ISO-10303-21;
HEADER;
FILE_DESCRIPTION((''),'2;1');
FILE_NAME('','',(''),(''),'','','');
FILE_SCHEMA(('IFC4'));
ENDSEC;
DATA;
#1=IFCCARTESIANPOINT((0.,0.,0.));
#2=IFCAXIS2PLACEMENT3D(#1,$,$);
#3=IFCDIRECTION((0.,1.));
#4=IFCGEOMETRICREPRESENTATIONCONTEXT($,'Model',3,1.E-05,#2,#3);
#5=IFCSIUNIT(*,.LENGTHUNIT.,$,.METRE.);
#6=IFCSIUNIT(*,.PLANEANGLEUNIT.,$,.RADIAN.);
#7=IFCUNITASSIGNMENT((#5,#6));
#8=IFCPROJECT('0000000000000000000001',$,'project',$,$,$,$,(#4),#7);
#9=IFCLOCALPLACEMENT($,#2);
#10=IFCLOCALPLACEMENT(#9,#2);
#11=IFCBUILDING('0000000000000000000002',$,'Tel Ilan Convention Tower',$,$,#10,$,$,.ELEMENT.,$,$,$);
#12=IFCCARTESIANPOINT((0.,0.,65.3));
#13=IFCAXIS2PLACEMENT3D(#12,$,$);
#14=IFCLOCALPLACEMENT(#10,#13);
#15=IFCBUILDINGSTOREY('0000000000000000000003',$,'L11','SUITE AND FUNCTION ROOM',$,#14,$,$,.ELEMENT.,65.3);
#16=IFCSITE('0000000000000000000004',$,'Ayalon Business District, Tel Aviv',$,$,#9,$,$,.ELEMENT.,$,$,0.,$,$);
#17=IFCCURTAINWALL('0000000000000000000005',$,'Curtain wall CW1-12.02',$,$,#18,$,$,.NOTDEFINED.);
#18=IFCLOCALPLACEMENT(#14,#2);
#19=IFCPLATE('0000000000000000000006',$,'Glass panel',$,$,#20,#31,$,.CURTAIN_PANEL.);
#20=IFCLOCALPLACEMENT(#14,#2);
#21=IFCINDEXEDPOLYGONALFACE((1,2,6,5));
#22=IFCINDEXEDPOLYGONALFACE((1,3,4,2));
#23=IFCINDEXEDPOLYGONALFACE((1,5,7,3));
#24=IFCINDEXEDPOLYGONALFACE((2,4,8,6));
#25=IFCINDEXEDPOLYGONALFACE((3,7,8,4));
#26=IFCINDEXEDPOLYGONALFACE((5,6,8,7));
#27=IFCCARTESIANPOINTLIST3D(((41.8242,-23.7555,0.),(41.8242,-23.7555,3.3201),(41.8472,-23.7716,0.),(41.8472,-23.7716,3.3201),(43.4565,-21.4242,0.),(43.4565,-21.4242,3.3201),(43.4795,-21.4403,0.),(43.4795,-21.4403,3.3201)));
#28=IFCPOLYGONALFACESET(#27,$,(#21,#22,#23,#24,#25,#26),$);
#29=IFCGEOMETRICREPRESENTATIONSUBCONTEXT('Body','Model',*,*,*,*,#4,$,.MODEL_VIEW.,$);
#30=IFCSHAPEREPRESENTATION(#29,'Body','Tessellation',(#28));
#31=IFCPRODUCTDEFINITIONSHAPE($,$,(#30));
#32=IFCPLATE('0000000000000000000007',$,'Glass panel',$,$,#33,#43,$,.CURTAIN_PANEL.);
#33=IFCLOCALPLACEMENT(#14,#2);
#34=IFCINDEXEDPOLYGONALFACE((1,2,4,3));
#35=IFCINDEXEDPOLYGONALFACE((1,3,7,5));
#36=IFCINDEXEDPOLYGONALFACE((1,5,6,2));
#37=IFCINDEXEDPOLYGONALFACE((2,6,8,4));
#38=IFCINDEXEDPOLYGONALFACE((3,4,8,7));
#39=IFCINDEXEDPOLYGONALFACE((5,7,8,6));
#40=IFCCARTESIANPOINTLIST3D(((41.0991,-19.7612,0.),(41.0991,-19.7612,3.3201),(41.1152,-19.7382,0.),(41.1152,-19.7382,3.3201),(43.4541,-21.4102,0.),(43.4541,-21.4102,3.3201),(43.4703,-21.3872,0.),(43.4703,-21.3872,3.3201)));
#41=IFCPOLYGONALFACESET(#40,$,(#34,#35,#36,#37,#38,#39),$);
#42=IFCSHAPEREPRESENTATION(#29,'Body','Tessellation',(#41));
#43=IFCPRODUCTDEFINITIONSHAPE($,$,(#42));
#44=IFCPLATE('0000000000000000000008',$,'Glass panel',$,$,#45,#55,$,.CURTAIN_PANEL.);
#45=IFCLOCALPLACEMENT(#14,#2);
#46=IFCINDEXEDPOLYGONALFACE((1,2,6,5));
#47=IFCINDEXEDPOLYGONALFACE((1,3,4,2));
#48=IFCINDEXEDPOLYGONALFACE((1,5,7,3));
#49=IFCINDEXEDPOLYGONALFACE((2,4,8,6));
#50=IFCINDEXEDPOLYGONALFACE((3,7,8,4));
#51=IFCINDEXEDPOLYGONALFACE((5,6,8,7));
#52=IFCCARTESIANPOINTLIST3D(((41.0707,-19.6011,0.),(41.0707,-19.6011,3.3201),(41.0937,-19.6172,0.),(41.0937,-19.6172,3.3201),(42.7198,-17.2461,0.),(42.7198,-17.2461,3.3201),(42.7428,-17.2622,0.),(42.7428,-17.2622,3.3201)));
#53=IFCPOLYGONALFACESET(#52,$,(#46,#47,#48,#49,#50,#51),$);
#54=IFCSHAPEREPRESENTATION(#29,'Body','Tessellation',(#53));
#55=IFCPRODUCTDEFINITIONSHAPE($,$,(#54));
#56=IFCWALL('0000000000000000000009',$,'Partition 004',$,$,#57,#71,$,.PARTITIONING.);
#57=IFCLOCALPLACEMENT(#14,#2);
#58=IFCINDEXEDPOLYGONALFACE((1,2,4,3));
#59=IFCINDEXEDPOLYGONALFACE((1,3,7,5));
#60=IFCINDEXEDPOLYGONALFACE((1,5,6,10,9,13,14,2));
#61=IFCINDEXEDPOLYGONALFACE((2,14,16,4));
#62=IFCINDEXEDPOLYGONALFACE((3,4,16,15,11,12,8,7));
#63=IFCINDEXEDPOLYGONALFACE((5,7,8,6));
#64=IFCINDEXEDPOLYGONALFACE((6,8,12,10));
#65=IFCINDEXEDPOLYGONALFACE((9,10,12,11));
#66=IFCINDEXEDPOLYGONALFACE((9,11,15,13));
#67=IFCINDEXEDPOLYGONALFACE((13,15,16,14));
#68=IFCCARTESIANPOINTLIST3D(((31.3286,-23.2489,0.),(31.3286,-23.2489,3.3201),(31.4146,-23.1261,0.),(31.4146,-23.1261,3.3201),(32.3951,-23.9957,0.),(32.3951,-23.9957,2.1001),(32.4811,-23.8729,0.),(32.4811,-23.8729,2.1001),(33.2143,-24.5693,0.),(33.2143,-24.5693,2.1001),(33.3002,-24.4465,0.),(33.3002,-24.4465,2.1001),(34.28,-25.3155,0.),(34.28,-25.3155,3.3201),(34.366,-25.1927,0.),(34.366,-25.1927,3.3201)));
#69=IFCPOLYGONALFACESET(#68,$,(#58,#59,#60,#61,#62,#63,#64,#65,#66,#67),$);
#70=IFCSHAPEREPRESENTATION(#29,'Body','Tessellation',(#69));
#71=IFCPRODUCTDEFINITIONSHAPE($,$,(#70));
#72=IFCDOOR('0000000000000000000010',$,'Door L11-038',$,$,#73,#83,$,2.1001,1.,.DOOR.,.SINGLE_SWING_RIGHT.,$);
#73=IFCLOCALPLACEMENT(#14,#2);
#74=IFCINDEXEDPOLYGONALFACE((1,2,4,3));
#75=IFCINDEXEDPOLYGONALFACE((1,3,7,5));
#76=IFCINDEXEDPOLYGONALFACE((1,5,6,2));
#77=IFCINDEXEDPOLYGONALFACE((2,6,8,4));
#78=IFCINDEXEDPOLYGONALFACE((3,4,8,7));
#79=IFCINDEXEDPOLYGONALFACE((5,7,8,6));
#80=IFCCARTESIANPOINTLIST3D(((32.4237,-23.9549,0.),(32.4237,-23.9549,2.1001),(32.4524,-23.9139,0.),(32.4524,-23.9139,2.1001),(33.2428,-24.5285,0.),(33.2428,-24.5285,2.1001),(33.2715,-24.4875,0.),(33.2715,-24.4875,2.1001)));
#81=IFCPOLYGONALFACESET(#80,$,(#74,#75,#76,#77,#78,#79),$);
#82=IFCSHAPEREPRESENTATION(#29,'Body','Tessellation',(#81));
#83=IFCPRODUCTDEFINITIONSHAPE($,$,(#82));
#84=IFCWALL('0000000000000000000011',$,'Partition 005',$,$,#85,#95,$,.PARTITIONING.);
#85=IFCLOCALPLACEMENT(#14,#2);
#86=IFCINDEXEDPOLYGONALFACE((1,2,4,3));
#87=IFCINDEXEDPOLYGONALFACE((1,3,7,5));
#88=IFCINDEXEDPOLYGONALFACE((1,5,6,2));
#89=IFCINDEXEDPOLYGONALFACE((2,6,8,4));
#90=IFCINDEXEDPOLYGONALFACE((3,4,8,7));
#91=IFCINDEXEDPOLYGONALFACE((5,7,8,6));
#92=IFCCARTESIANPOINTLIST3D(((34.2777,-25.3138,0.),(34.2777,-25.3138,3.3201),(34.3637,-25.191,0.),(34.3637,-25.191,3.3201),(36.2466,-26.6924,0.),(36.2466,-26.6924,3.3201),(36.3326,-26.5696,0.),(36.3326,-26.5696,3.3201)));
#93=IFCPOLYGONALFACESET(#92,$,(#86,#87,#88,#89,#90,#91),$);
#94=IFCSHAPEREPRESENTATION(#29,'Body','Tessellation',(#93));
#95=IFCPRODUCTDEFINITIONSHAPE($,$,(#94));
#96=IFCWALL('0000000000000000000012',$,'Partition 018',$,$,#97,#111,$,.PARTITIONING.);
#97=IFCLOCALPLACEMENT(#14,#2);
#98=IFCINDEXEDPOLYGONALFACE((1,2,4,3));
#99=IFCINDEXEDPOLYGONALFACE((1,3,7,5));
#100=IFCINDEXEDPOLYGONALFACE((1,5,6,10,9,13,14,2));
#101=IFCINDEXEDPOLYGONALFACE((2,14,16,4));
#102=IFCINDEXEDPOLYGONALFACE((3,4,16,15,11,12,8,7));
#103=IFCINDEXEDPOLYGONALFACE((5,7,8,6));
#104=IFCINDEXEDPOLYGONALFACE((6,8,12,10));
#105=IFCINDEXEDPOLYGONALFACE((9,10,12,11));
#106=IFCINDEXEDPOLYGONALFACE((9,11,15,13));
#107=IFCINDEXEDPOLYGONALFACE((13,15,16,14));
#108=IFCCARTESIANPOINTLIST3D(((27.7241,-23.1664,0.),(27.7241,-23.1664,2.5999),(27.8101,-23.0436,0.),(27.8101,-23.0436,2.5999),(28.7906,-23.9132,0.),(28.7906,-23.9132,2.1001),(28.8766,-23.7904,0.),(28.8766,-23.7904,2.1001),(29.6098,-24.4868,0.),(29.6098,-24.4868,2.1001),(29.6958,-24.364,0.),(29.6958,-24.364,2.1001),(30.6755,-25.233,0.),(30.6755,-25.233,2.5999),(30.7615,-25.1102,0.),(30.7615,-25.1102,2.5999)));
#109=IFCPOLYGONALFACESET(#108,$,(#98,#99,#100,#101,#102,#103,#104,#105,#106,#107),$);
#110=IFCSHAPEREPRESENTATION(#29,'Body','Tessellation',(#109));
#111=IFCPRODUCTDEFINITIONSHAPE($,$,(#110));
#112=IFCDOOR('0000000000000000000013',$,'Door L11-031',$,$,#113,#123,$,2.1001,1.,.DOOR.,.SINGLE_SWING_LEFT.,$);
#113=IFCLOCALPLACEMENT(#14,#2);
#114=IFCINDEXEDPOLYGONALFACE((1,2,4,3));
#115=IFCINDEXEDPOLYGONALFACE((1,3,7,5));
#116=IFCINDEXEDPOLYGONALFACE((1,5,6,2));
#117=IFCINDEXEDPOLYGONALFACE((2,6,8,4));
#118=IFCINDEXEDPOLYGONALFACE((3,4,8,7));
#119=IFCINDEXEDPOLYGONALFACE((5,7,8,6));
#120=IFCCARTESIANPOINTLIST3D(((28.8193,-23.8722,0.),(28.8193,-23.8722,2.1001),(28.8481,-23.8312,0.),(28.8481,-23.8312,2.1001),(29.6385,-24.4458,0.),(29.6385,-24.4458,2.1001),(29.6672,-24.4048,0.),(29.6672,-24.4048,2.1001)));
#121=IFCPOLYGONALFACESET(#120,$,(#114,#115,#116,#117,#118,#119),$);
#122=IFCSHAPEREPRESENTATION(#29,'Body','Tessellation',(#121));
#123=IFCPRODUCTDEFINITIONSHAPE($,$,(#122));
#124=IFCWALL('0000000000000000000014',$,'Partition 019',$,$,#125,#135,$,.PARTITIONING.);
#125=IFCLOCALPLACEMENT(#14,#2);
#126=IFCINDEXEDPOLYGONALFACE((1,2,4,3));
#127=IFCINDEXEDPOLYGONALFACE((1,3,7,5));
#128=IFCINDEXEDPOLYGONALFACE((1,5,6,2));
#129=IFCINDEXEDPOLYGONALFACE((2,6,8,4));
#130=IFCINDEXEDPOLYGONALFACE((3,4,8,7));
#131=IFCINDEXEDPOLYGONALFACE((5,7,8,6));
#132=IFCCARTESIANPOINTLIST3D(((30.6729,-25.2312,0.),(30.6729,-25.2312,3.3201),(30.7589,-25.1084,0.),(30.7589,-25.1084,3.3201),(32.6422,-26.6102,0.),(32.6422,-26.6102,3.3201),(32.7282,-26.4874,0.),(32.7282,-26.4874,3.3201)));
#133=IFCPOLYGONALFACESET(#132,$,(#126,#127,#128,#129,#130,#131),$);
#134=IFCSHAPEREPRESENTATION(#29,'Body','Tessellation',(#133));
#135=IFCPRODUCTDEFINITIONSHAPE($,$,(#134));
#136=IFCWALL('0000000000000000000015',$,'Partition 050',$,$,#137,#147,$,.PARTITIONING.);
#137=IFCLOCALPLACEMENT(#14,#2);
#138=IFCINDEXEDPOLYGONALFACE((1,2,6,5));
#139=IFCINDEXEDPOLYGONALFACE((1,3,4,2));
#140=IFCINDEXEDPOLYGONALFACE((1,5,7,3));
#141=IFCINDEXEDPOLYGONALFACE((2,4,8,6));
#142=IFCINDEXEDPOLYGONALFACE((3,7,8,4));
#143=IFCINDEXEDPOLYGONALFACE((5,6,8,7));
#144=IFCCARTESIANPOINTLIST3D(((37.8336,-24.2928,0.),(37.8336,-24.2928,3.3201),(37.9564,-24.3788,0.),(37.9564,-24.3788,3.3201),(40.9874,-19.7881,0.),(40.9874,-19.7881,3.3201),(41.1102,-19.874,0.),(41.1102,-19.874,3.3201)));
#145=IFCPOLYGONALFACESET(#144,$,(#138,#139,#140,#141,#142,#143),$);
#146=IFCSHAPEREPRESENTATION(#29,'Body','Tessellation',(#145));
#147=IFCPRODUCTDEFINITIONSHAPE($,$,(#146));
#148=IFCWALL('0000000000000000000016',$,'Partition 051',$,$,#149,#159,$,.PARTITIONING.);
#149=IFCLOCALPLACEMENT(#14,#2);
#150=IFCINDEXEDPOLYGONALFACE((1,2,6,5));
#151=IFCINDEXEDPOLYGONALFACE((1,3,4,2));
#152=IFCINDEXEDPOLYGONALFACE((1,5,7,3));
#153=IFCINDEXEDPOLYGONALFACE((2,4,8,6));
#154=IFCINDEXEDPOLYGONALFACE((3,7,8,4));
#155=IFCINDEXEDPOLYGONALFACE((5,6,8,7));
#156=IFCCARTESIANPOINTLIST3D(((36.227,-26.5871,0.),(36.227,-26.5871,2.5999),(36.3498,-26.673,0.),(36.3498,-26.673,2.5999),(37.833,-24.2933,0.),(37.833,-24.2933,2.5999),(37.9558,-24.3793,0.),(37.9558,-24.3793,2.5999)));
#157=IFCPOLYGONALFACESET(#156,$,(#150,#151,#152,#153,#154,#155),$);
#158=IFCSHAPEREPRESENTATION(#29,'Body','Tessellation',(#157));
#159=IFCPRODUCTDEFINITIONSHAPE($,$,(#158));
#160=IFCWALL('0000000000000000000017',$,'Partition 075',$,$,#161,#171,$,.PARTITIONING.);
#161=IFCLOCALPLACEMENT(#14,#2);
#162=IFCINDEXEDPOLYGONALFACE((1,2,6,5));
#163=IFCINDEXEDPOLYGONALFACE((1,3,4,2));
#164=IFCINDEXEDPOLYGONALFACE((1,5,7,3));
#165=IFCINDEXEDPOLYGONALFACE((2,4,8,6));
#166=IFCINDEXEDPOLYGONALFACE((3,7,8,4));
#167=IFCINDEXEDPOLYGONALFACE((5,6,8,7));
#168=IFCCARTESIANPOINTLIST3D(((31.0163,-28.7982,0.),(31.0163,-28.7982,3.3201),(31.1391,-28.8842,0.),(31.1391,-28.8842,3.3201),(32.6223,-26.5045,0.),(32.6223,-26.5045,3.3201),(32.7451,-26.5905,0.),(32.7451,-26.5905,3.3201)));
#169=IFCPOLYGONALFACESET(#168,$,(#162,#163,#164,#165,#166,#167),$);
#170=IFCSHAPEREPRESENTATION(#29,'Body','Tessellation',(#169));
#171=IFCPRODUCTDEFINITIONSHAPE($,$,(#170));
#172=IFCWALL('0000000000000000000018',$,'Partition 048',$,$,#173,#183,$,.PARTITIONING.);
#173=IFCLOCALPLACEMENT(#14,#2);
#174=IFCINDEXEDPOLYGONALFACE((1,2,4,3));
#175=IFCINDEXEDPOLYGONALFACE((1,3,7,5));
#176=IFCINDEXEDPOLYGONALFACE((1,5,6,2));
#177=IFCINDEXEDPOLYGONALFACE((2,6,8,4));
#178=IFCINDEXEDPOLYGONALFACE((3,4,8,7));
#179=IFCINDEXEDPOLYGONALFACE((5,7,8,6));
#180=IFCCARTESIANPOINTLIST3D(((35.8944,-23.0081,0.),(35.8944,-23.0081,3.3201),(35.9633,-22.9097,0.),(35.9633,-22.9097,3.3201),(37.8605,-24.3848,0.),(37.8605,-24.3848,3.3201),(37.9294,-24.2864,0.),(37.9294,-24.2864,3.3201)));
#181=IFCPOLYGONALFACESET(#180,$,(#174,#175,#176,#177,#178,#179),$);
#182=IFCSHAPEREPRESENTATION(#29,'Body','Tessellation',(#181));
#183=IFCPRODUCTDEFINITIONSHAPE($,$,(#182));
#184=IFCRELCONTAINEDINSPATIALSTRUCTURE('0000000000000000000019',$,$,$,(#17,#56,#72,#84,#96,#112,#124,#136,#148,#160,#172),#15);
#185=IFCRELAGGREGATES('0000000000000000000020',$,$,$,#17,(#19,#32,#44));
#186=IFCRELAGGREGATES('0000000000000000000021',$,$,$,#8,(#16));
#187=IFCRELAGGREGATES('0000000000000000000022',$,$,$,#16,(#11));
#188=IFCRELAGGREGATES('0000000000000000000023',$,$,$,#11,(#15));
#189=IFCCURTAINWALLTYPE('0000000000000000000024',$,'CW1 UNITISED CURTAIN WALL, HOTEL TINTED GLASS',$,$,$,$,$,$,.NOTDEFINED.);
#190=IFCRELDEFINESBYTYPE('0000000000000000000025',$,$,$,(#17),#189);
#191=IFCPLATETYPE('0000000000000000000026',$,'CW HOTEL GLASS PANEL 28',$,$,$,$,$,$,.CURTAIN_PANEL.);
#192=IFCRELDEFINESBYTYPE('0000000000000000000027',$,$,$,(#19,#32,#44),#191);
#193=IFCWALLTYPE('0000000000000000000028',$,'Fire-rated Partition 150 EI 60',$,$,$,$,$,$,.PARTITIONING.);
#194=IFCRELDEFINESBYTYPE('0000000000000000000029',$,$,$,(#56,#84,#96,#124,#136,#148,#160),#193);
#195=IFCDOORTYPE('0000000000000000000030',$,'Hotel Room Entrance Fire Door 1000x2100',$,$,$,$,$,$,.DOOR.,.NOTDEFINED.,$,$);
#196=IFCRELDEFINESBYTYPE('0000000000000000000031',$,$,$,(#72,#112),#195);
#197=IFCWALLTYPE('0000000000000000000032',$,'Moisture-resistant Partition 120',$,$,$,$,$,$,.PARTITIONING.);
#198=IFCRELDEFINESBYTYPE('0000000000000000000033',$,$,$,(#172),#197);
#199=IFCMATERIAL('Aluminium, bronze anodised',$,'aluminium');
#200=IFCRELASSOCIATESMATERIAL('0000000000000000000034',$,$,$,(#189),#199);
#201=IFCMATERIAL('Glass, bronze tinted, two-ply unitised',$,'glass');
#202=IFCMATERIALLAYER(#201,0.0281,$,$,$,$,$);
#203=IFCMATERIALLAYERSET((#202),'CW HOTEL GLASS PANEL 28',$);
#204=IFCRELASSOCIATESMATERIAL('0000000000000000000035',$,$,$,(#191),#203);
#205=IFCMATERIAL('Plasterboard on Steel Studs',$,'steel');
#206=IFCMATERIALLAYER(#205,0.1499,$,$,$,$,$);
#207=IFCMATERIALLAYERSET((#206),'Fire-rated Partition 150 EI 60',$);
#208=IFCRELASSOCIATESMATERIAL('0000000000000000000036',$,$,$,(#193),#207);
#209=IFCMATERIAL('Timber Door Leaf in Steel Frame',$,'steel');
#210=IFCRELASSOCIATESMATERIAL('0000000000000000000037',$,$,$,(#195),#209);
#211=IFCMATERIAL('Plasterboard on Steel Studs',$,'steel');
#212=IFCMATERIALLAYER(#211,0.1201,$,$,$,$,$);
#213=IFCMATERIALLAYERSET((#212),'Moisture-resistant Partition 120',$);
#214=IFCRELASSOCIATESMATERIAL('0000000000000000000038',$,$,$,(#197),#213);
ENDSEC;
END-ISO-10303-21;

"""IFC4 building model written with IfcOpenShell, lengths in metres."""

from ifc_helpers import new_model, si_unit, direction, frame, frame_2d, origin, origin_2d, place, context, subcontext, project, spatial, rectangle, extrude, material, layer, layer_set, type_object, element, fill, aggregate, save


model = new_model("IFC4")

# Units and contexts
model_context = context("Model", 3, precision=1e-05, world=origin(), true_north=direction((0.0, 1.0)))
body_context = subcontext(model_context, "Body", "Model", "MODEL_VIEW")
ifc_project = project(units=[si_unit("LENGTHUNIT", "METRE"), si_unit("PLANEANGLEUNIT", "RADIAN")], contexts=[model_context])

# Site, building, storey
site_placement = place(None, origin())
site = spatial("IfcSite", under=ifc_project, at=site_placement, Name="Ayalon Business District, Tel Aviv", CompositionType="ELEMENT", RefElevation=0.0)
building_placement = place(site_placement, origin())
building = spatial("IfcBuilding", under=site, at=building_placement, Name="Tel Ilan Convention Tower", CompositionType="ELEMENT")
storey_placement = place(building_placement, frame((0.0, 0.0, 65.3)))
storey = spatial("IfcBuildingStorey", under=building, at=storey_placement, Name="L11", Description="SUITE AND FUNCTION ROOM", CompositionType="ELEMENT", Elevation=65.3)

# Curtain wall, plates
ifc_material_1 = material(Name="Aluminium, bronze anodised", Category="aluminium")
curtain_wall_type = type_object("IfcCurtainWallType", Name="CW1 UNITISED CURTAIN WALL, HOTEL TINTED GLASS", PredefinedType="NOTDEFINED", material=ifc_material_1)
curtain_wall_placement = place(storey_placement, origin())
curtain_wall = element("IfcCurtainWall", 1, at=curtain_wall_placement, inside=storey, type_object=curtain_wall_type, Name="Curtain wall CW1-12.02", PredefinedType="NOTDEFINED")
ifc_material_2 = material(Name="Glass, bronze tinted, two-ply unitised", Category="glass")
ifc_layer_1 = layer(ifc_material_2, 0.0281)
ifc_layer_set_1 = layer_set([ifc_layer_1], Name="CW HOTEL GLASS PANEL 28")
plate_type = type_object("IfcPlateType", Name="CW HOTEL GLASS PANEL 28", PredefinedType="CURTAIN_PANEL", material=ifc_layer_set_1)
plate_1_placement = place(storey_placement, frame((42.6519, -22.5979, 0.0), z_axis=(0.0, 0.0, 1.0), x_axis=(0.573576, 0.819152, 0.0)))
plate_1 = element("IfcPlate", 2, at=plate_1_placement, type_object=plate_type, Name="Glass panel", PredefinedType="CURTAIN_PANEL", context=body_context, shape_type="SweptSolid", body=[
    extrude(rectangle(XDim=2.8459, YDim=0.0281, at=origin_2d()), origin(), (0.0, 0.0, 1.0), 3.3201),
])
plate_2_placement = place(storey_placement, frame((42.2847, -20.5742, 0.0), z_axis=(0.0, 0.0, 1.0), x_axis=(-0.819152, 0.573576, 0.0)))
plate_2 = element("IfcPlate", 3, at=plate_2_placement, type_object=plate_type, Name="Glass panel", PredefinedType="CURTAIN_PANEL", context=body_context, shape_type="SweptSolid", body=[
    extrude(rectangle(XDim=2.875, YDim=0.0281, at=origin_2d()), origin(), (0.0, 0.0, 1.0), 3.3201),
])
plate_3_placement = place(storey_placement, frame((41.9067, -18.4316, 0.0), z_axis=(0.0, 0.0, 1.0), x_axis=(0.573576, 0.819152, 0.0)))
plate_3 = element("IfcPlate", 4, at=plate_3_placement, type_object=plate_type, Name="Glass panel", PredefinedType="CURTAIN_PANEL", context=body_context, shape_type="SweptSolid", body=[
    extrude(rectangle(XDim=2.875, YDim=0.0281, at=origin_2d()), origin(), (0.0, 0.0, 1.0), 3.3201),
])
aggregate(curtain_wall, [plate_1, plate_2, plate_3])

# Wall, opening, door
ifc_material_3 = material(Name="Plasterboard on Steel Studs", Category="steel")
ifc_layer_2 = layer(ifc_material_3, 0.1499)
ifc_layer_set_2 = layer_set([ifc_layer_2], Name="Fire-rated Partition 150 EI 60")
wall_type_1 = type_object("IfcWallType", Name="Fire-rated Partition 150 EI 60", PredefinedType="PARTITIONING", material=ifc_layer_set_2)
wall_1_placement = place(storey_placement, frame((31.3716, -23.1875, 0.0), z_axis=(0.0, 0.0, 1.0), x_axis=(0.819146, -0.573585, 0.0)))
wall_1 = element("IfcWall", 5, at=wall_1_placement, inside=storey, type_object=wall_type_1, Name="Partition 004", PredefinedType="PARTITIONING", context=body_context, shape_type="SweptSolid", body=[
    extrude(rectangle(XDim=3.603, YDim=0.1499, at=frame_2d((1.8015, 0.0))), origin(), (0.0, 0.0, 1.0), 3.3201),
])
opening_1_placement = place(wall_1_placement, frame((1.302, 0.0, 0.0)))
opening_1 = element("IfcOpeningElement", 6, at=opening_1_placement, cuts=wall_1, PredefinedType="OPENING", context=body_context, shape_type="SweptSolid", body=[
    extrude(rectangle(XDim=1.0, YDim=2.1001, at=frame_2d((0.5, 1.05))), frame((0.0, 0.085, 0.0), z_axis=(0.0, -1.0, 0.0), x_axis=(1.0, 0.0, 0.0)), (0.0, 0.0, 1.0), 0.1699),
])
ifc_material_4 = material(Name="Timber Door Leaf in Steel Frame", Category="steel")
door_type_1 = type_object("IfcDoorType", Name="Hotel Room Entrance Fire Door 1000x2100", OperationType="NOTDEFINED", PredefinedType="DOOR", material=ifc_material_4)
door_1_placement = place(opening_1_placement, origin())
door_1 = element("IfcDoor", 7, at=door_1_placement, inside=storey, type_object=door_type_1, Name="Door L11-038", OperationType="SINGLE_SWING_RIGHT", OverallHeight=2.1001, OverallWidth=1.0, PredefinedType="DOOR", context=body_context, shape_type="SweptSolid", body=[
    extrude(rectangle(XDim=1.0, YDim=2.1001, at=frame_2d((0.5, 1.05))), frame((0.0, 0.0249, 0.0), z_axis=(0.0, -1.0, 0.0), x_axis=(1.0, 0.0, 0.0)), (0.0, 0.0, 1.0), 0.05),
])
fill(opening_1, door_1)

# Wall
wall_2_placement = place(storey_placement, frame((34.3208, -25.2524, 0.0), z_axis=(0.0, 0.0, 1.0), x_axis=(0.81916, -0.573565, 0.0)))
element("IfcWall", 8, at=wall_2_placement, inside=storey, type_object=wall_type_1, Name="Partition 005", PredefinedType="PARTITIONING", context=body_context, shape_type="SweptSolid", body=[
    extrude(rectangle(XDim=2.4036, YDim=0.1499, at=frame_2d((1.2017, 0.0))), origin(), (0.0, 0.0, 1.0), 3.3201),
])

# Wall, opening, door
wall_3_placement = place(storey_placement, frame((30.7185, -25.1716, 0.0), z_axis=(0.0, 0.0, 1.0), x_axis=(-0.819146, 0.573585, 0.0)))
wall_3 = element("IfcWall", 9, at=wall_3_placement, inside=storey, type_object=wall_type_1, Name="Partition 018", PredefinedType="PARTITIONING", context=body_context, shape_type="SweptSolid", body=[
    extrude(rectangle(XDim=3.603, YDim=0.1499, at=frame_2d((1.8015, 0.0))), origin(), (0.0, 0.0, 1.0), 2.5999),
])
opening_2_placement = place(wall_3_placement, frame((1.301, 0.0, 0.0)))
opening_2 = element("IfcOpeningElement", 10, at=opening_2_placement, cuts=wall_3, PredefinedType="OPENING", context=body_context, shape_type="SweptSolid", body=[
    extrude(rectangle(XDim=1.0, YDim=2.1001, at=frame_2d((0.5, 1.05))), frame((0.0, 0.085, 0.0), z_axis=(0.0, -1.0, 0.0), x_axis=(1.0, 0.0, 0.0)), (0.0, 0.0, 1.0), 0.1699),
])
door_2_placement = place(opening_2_placement, origin())
door_2 = element("IfcDoor", 11, at=door_2_placement, inside=storey, type_object=door_type_1, Name="Door L11-031", OperationType="SINGLE_SWING_LEFT", OverallHeight=2.1001, OverallWidth=1.0, PredefinedType="DOOR", context=body_context, shape_type="SweptSolid", body=[
    extrude(rectangle(XDim=1.0, YDim=2.1001, at=frame_2d((0.5, 1.05))), frame((0.0, 0.0249, 0.0), z_axis=(0.0, -1.0, 0.0), x_axis=(1.0, 0.0, 0.0)), (0.0, 0.0, 1.0), 0.05),
])
fill(opening_2, door_2)

# Walls
wall_4_placement = place(storey_placement, frame((32.6853, -26.5488, 0.0), z_axis=(0.0, 0.0, 1.0), x_axis=(-0.819146, 0.573585, 0.0)))
element("IfcWall", 12, at=wall_4_placement, inside=storey, type_object=wall_type_1, Name="Partition 019", PredefinedType="PARTITIONING", context=body_context, shape_type="SweptSolid", body=[
    extrude(rectangle(XDim=2.4041, YDim=0.1499, at=frame_2d((1.2021, 0.0))), origin(), (0.0, 0.0, 1.0), 3.3201),
])
wall_5_placement = place(storey_placement, frame((41.0488, -19.8311, 0.0), z_axis=(0.0, 0.0, 1.0), x_axis=(-0.573531, -0.819184, 0.0)))
element("IfcWall", 13, at=wall_5_placement, inside=storey, type_object=wall_type_1, Name="Partition 050", PredefinedType="PARTITIONING", context=body_context, shape_type="SweptSolid", body=[
    extrude(rectangle(XDim=5.499, YDim=0.1499, at=frame_2d((2.7495, 0.0))), origin(), (0.0, 0.0, 1.0), 3.3201),
])
wall_6_placement = place(storey_placement, frame((37.8943, -24.3364, 0.0), z_axis=(0.0, 0.0, 1.0), x_axis=(-0.57355, -0.81917, 0.0)))
element("IfcWall", 14, at=wall_6_placement, inside=storey, type_object=wall_type_1, Name="Partition 051", PredefinedType="PARTITIONING", context=body_context, shape_type="SweptSolid", body=[
    extrude(rectangle(XDim=2.8, YDim=0.1499, at=frame_2d((1.3999, 0.0))), origin(), (0.0, 0.0, 1.0), 2.5999),
])
wall_7_placement = place(storey_placement, frame((32.6836, -26.5476, 0.0), z_axis=(0.0, 0.0, 1.0), x_axis=(-0.57355, -0.81917, 0.0)))
element("IfcWall", 15, at=wall_7_placement, inside=storey, type_object=wall_type_1, Name="Partition 075", PredefinedType="PARTITIONING", context=body_context, shape_type="SweptSolid", body=[
    extrude(rectangle(XDim=2.8, YDim=0.1499, at=frame_2d((1.3999, 0.0))), origin(), (0.0, 0.0, 1.0), 3.3201),
])
ifc_material_5 = material(Name="Plasterboard on Steel Studs", Category="steel")
ifc_layer_3 = layer(ifc_material_5, 0.1201)
ifc_layer_set_3 = layer_set([ifc_layer_3], Name="Moisture-resistant Partition 120")
wall_type_2 = type_object("IfcWallType", Name="Moisture-resistant Partition 120", PredefinedType="PARTITIONING", material=ifc_layer_set_3)
wall_8_placement = place(storey_placement, frame((37.895, -24.3357, 0.0), z_axis=(0.0, 0.0, 1.0), x_axis=(-0.819141, 0.573592, 0.0)))
element("IfcWall", 16, at=wall_8_placement, inside=storey, type_object=wall_type_2, Name="Partition 048", PredefinedType="PARTITIONING", context=body_context, shape_type="SweptSolid", body=[
    extrude(rectangle(XDim=2.4001, YDim=0.1201, at=frame_2d((1.2002, 0.0))), origin(), (0.0, 0.0, 1.0), 3.3201),
])

save(model, "model.ifc")
